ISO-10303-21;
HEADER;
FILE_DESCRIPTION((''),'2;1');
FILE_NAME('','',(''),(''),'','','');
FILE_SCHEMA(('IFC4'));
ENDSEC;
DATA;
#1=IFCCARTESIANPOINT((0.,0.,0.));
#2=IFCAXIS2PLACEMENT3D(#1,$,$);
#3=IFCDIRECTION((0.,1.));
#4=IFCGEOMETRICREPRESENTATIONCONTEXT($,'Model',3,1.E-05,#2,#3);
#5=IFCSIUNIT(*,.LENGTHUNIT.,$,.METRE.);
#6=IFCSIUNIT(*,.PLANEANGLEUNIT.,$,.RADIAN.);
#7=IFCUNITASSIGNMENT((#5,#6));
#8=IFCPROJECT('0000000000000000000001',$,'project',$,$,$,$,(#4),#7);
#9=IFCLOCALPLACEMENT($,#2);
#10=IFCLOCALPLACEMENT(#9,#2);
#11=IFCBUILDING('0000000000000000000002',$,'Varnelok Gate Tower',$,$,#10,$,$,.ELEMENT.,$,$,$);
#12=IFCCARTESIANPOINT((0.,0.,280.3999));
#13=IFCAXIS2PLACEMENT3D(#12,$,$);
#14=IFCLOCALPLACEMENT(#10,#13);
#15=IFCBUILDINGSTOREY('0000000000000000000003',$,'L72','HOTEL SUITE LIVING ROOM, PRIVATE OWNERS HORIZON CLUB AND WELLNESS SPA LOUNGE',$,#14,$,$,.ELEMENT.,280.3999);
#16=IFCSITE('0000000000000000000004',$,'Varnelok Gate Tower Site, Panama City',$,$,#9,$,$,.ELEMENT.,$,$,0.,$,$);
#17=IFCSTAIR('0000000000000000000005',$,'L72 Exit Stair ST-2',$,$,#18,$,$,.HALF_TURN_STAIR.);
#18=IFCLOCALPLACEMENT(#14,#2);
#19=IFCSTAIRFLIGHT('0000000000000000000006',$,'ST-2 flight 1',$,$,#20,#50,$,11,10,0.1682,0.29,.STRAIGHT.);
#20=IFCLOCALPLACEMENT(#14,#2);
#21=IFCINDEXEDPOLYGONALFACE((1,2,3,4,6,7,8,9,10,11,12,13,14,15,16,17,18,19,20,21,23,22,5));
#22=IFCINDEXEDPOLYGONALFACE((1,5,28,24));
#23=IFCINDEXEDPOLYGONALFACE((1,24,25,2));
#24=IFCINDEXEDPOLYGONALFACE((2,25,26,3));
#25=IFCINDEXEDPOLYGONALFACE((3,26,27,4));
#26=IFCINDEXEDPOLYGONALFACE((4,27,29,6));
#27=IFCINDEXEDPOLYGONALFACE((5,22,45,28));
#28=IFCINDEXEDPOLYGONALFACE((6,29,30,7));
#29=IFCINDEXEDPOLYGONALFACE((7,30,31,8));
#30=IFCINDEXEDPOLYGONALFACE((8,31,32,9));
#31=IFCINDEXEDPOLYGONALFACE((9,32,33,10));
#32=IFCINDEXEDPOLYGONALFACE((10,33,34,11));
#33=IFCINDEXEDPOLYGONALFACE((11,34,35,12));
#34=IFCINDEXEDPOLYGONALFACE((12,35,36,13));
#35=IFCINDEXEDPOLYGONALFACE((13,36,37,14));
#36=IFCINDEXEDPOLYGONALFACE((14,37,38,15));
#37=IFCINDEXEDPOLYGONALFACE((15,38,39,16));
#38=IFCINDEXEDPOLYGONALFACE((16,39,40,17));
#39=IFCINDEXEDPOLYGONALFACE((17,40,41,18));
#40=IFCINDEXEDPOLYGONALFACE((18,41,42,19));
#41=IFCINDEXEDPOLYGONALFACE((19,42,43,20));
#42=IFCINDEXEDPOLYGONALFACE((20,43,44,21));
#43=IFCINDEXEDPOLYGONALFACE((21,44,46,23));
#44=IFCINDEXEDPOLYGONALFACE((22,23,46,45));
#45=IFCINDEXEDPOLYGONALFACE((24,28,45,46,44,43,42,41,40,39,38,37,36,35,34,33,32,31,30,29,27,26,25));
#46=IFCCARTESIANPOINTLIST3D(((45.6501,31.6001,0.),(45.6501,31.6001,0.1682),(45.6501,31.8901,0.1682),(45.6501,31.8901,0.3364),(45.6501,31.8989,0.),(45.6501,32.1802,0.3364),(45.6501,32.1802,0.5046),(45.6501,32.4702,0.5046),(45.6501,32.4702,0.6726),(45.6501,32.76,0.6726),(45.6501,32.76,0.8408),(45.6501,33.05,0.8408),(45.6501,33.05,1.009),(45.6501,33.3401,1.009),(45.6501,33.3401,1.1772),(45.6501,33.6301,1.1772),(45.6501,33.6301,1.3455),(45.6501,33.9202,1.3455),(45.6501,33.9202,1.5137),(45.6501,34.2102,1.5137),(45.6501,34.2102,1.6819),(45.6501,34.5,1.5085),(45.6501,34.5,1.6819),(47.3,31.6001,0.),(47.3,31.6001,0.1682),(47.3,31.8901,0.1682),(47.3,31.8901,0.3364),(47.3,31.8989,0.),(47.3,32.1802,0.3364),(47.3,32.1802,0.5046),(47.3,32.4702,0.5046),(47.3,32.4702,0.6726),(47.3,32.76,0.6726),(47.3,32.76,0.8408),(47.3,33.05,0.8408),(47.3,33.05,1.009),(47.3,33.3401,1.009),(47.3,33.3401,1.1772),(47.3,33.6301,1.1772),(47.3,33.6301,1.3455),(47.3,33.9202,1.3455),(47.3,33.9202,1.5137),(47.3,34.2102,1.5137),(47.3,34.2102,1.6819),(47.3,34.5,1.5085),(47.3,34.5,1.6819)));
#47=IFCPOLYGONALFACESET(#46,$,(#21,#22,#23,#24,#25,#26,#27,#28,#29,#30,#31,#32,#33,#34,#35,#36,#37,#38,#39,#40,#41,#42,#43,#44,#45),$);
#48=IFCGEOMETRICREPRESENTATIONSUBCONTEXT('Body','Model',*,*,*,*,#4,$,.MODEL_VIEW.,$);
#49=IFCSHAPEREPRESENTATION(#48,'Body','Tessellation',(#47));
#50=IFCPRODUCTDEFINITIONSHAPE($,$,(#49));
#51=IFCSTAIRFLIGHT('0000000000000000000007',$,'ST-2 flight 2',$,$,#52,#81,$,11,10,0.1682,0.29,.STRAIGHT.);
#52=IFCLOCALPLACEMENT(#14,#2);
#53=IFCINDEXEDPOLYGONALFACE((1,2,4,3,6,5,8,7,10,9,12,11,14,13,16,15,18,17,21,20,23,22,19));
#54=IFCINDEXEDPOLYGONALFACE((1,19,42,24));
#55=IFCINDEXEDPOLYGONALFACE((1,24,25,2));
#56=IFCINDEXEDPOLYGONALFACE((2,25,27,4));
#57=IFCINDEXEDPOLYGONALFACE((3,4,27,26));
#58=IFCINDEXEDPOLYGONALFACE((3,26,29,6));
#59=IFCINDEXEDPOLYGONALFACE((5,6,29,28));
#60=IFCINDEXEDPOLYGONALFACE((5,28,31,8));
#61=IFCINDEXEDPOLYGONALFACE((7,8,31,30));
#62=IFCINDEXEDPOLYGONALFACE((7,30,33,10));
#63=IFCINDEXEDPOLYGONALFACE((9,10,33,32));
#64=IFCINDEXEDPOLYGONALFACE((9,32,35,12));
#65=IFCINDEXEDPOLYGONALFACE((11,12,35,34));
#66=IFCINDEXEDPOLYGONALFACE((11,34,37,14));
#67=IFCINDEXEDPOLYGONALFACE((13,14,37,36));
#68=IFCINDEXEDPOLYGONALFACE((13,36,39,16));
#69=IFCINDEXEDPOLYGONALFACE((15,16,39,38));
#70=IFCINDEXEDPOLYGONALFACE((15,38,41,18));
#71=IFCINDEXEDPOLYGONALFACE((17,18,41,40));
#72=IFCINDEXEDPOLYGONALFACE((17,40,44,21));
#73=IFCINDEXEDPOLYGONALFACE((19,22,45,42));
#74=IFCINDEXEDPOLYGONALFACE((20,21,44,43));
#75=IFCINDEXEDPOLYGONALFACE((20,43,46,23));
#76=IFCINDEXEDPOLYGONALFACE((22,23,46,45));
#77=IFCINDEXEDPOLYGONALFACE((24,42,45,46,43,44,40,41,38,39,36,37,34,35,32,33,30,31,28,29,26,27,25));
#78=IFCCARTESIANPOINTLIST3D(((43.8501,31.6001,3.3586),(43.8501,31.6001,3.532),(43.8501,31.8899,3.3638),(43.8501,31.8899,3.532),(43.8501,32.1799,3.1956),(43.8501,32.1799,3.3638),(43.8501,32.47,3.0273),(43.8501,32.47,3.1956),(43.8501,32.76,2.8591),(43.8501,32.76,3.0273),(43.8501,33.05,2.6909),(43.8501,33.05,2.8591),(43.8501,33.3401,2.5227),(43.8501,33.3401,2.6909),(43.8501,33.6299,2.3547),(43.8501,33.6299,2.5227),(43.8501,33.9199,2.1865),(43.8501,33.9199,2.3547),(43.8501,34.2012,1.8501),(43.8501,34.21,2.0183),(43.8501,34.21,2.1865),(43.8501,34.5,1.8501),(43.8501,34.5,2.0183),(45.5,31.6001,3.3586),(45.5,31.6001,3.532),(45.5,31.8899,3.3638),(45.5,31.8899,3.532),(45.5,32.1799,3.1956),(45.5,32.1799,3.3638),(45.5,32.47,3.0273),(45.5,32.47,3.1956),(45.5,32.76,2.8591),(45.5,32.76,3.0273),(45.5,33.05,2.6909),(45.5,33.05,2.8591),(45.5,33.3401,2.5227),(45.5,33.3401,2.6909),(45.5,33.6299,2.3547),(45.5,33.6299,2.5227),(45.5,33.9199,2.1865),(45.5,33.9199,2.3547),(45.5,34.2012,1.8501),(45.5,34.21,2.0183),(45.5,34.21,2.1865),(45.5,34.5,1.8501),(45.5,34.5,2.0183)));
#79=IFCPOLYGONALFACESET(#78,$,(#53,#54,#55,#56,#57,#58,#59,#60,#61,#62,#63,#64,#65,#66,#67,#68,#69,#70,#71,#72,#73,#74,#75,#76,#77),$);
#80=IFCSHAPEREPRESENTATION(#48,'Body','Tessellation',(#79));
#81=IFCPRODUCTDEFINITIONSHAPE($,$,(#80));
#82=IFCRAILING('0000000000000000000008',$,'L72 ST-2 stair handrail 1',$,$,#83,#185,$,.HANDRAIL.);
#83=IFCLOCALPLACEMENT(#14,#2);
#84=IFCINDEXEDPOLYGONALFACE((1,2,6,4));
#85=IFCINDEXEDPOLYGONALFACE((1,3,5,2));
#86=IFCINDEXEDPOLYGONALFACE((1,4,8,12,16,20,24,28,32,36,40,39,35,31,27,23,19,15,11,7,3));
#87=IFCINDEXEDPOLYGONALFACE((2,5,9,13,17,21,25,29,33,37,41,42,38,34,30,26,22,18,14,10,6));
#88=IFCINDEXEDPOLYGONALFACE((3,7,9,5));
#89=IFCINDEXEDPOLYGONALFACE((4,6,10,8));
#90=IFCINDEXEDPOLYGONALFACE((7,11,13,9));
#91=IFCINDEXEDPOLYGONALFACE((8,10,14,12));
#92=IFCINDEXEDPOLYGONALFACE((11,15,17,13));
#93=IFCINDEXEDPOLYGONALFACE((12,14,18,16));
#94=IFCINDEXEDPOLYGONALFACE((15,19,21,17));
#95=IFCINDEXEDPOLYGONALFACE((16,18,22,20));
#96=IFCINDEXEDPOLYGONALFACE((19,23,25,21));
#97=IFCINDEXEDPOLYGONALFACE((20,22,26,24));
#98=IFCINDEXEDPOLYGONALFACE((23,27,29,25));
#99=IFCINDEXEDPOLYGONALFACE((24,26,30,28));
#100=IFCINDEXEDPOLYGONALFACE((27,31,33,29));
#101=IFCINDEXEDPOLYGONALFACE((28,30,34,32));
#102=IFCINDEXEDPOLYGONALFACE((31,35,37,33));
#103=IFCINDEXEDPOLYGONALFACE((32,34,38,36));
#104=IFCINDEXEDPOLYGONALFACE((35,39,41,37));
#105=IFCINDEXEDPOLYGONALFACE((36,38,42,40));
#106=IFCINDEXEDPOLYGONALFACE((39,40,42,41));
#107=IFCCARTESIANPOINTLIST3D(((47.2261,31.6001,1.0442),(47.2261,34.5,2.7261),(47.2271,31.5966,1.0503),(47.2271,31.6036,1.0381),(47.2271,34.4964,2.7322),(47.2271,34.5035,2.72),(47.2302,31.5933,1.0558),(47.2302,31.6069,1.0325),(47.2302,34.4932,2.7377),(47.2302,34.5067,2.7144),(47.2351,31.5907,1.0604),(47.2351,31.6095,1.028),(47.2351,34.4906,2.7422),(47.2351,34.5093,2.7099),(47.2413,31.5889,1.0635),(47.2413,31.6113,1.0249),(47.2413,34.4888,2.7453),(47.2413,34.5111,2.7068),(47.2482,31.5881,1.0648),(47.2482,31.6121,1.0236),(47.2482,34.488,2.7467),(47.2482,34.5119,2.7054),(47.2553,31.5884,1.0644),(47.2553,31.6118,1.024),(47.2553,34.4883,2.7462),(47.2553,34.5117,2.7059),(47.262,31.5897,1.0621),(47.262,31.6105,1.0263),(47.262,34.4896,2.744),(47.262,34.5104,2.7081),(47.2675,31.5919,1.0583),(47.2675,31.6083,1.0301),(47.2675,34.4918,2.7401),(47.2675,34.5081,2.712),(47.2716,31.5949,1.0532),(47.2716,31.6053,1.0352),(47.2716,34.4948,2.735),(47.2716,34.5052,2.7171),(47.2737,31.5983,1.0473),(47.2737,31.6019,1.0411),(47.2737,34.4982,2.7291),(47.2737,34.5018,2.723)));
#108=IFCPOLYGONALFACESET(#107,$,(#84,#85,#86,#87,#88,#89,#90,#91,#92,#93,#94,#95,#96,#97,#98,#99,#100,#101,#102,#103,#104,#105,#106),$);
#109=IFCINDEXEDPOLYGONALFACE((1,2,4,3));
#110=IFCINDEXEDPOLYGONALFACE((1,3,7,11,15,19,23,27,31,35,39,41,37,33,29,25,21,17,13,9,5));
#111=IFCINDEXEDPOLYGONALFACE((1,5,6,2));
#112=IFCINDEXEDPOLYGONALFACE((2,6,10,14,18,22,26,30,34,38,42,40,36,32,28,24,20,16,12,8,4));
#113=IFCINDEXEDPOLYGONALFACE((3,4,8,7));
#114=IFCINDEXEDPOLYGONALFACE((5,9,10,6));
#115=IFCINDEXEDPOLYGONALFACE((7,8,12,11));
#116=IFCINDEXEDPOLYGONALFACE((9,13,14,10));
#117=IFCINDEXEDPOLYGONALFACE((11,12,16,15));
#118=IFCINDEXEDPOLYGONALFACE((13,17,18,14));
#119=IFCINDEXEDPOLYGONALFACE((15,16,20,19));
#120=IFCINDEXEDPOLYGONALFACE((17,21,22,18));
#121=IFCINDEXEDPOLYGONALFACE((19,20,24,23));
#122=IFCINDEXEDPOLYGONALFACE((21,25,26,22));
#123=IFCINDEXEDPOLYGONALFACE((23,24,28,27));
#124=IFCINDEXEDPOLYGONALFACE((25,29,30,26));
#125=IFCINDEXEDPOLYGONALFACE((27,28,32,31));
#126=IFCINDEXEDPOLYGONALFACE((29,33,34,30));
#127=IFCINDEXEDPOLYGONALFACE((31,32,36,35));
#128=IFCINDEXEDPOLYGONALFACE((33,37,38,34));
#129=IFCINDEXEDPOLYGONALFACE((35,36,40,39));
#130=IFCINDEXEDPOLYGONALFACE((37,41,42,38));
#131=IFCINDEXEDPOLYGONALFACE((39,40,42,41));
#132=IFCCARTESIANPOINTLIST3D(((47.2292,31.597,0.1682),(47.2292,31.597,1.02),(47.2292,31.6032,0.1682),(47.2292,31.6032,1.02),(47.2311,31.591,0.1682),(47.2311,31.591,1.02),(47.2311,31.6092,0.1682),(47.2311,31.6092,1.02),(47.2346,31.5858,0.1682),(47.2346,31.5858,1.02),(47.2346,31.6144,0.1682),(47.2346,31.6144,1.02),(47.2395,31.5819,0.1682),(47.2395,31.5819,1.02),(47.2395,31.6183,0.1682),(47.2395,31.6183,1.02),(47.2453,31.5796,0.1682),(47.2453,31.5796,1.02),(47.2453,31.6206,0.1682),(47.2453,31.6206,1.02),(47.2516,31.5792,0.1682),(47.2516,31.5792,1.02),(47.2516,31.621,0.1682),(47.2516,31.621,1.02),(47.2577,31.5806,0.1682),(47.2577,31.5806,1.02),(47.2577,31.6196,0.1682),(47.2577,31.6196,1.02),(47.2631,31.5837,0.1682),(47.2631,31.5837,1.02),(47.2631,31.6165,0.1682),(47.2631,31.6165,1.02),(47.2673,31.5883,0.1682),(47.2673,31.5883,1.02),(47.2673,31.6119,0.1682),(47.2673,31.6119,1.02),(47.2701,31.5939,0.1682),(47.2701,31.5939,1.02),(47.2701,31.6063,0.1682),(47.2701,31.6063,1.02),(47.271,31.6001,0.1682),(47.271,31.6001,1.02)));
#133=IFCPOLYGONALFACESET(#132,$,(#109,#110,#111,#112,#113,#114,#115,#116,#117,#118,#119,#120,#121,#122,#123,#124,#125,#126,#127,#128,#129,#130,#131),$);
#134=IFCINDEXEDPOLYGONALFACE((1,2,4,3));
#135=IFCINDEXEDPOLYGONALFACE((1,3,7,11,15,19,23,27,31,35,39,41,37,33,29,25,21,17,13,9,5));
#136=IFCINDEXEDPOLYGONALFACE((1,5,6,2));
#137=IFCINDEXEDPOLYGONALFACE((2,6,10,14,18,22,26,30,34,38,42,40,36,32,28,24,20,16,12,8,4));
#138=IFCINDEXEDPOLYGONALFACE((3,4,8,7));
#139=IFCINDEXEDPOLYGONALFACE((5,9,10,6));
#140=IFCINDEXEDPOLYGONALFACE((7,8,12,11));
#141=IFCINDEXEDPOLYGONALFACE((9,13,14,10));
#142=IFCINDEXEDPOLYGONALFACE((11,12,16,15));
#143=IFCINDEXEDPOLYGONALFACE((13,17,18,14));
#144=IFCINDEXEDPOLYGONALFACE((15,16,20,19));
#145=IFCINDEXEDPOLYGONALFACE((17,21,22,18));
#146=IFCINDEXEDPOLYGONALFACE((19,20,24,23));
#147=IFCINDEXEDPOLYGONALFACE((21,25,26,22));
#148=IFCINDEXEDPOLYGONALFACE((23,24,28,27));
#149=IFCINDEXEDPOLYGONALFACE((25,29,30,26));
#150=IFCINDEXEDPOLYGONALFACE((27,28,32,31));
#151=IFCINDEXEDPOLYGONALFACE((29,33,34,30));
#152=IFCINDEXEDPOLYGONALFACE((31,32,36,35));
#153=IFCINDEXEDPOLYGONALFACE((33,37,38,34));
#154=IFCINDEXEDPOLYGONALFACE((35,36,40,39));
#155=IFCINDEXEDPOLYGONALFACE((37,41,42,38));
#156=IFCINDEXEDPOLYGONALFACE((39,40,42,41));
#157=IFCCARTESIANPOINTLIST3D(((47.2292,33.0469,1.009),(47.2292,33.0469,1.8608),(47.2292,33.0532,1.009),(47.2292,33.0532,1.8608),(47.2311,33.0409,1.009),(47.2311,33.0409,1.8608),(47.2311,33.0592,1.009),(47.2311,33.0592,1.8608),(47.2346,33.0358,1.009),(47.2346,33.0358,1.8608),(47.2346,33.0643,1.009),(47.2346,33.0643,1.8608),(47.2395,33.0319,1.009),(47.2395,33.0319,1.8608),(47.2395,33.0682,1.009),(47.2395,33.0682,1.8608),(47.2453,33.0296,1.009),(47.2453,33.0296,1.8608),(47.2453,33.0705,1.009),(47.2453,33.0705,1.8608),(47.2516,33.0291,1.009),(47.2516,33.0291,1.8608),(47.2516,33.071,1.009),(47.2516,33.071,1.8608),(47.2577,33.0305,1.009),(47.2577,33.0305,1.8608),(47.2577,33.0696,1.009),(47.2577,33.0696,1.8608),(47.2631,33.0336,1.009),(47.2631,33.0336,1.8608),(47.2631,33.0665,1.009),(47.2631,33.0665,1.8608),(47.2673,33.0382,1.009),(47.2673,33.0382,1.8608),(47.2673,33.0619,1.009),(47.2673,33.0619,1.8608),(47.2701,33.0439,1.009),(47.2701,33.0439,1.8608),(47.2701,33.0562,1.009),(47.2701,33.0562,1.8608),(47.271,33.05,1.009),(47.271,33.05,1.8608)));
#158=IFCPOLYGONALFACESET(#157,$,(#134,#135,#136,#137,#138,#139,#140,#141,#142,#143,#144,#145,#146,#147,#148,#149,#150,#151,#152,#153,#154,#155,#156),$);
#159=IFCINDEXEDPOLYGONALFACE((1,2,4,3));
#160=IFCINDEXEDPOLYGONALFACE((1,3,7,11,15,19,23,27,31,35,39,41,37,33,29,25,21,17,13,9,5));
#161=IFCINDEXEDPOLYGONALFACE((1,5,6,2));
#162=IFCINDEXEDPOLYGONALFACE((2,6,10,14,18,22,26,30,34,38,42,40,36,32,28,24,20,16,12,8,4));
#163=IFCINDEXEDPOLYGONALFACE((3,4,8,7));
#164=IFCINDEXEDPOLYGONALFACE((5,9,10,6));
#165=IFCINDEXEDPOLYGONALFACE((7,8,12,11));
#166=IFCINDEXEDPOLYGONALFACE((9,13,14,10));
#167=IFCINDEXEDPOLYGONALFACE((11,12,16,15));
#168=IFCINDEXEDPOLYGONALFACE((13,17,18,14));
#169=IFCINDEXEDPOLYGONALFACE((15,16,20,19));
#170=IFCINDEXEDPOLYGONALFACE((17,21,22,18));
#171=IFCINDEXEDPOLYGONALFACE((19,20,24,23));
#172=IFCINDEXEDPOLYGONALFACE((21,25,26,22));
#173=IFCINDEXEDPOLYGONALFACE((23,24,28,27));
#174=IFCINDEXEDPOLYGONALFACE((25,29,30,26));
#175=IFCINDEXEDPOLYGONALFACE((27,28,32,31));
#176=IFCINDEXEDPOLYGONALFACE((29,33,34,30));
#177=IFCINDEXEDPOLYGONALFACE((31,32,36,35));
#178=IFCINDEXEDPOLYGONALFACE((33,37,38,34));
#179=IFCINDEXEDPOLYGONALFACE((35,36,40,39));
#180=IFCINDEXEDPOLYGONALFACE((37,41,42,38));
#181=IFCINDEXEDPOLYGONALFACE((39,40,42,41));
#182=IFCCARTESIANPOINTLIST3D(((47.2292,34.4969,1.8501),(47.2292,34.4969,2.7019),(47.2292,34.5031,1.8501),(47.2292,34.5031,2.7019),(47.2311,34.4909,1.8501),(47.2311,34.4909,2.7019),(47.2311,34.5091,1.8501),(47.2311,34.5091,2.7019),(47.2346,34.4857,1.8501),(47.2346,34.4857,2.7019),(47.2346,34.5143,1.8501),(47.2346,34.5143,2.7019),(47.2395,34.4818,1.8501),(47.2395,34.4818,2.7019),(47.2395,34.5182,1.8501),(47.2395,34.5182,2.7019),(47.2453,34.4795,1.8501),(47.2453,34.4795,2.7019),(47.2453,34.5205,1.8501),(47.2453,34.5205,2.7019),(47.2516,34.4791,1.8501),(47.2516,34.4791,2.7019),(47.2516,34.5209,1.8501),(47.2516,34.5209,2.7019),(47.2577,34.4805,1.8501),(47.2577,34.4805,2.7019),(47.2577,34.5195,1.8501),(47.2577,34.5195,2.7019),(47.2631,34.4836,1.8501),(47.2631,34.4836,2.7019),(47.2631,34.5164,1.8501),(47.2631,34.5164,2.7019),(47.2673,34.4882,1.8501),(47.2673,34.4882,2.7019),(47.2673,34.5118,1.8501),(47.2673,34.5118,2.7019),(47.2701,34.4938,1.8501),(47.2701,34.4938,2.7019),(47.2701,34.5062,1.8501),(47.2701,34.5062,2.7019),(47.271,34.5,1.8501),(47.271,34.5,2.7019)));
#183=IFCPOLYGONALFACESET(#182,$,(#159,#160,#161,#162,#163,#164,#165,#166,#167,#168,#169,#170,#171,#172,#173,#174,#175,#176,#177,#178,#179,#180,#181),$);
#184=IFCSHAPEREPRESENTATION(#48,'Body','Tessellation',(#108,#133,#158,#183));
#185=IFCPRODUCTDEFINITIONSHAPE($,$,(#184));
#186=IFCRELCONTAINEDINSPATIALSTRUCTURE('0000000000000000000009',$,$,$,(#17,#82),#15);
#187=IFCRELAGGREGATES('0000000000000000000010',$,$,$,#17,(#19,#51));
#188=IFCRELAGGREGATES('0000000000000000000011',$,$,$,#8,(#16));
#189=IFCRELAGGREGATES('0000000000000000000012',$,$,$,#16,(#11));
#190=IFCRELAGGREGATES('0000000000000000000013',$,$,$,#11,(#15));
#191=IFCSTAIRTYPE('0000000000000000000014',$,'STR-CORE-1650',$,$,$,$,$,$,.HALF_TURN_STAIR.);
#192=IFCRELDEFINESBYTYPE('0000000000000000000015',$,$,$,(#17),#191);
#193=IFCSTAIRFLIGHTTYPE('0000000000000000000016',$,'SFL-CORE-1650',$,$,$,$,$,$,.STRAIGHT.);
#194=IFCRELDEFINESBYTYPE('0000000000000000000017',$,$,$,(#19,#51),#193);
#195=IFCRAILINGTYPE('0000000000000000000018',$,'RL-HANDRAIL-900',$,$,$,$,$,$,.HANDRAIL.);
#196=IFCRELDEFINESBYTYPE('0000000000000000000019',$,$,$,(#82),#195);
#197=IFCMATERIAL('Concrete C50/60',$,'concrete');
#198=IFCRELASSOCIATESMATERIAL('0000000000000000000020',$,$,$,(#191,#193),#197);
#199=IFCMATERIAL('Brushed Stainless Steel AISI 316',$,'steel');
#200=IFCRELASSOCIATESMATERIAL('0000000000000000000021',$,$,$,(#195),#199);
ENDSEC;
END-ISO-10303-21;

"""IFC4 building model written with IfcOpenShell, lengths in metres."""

from ifc_helpers import new_model, si_unit, direction, frame, origin, origin_2d, place, context, subcontext, project, spatial, polyline, circle, outline, extrude, material, type_object, element, aggregate, save


model = new_model("IFC4")

# Units and contexts
model_context = context("Model", 3, precision=1e-05, world=origin(), true_north=direction((0.0, 1.0)))
body_context = subcontext(model_context, "Body", "Model", "MODEL_VIEW")
ifc_project = project(units=[si_unit("LENGTHUNIT", "METRE"), si_unit("PLANEANGLEUNIT", "RADIAN")], contexts=[model_context])

# Site, building, storey
site_placement = place(None, origin())
site = spatial("IfcSite", under=ifc_project, at=site_placement, Name="Varnelok Gate Tower Site, Panama City", CompositionType="ELEMENT", RefElevation=0.0)
building_placement = place(site_placement, origin())
building = spatial("IfcBuilding", under=site, at=building_placement, Name="Varnelok Gate Tower", CompositionType="ELEMENT")
storey_placement = place(building_placement, frame((0.0, 0.0, 280.3999)))
storey = spatial("IfcBuildingStorey", under=building, at=storey_placement, Name="L72", Description="HOTEL SUITE LIVING ROOM, PRIVATE OWNERS HORIZON CLUB AND WELLNESS SPA LOUNGE", CompositionType="ELEMENT", Elevation=280.3999)

# Shared definitions
ifc_material_1 = material(Name="Concrete C50/60", Category="concrete")

# Stair, stair flights
stair_type = type_object("IfcStairType", Name="STR-CORE-1650", PredefinedType="HALF_TURN_STAIR", material=ifc_material_1)
stair_placement = place(storey_placement, origin())
stair = element("IfcStair", 1, at=stair_placement, inside=storey, type_object=stair_type, Name="L72 Exit Stair ST-2", PredefinedType="HALF_TURN_STAIR")
stair_flight_type = type_object("IfcStairFlightType", Name="SFL-CORE-1650", PredefinedType="STRAIGHT", material=ifc_material_1)
stair_flight_1_placement = place(storey_placement, frame((46.4751, 31.6001, 0.0), z_axis=(0.0, 0.0, 1.0), x_axis=(0.0, 1.0, 0.0)))
stair_flight_1 = element("IfcStairFlight", 2, at=stair_flight_1_placement, type_object=stair_flight_type, Name="ST-2 flight 1", NumberOfRisers=11, NumberOfTreads=10, PredefinedType="STRAIGHT", RiserHeight=0.1682, TreadLength=0.29, context=body_context, shape_type="SweptSolid", body=[
    extrude(outline(polyline([(0.0, 0.0), (0.0, 0.1682), (0.29, 0.1682), (0.29, 0.3364), (0.5801, 0.3364), (0.5801, 0.5046), (0.8701, 0.5046), (0.8701, 0.6726), (1.1599, 0.6726), (1.1599, 0.8408), (1.45, 0.8408), (1.45, 1.009), (1.74, 1.009), (1.74, 1.1772), (2.03, 1.1772), (2.03, 1.3455), (2.3201, 1.3455), (2.3201, 1.5137), (2.6101, 1.5137), (2.6101, 1.6819), (2.8999, 1.6819), (2.8999, 1.8501), (2.8999, 1.5085), (0.2988, 0.0), (0.0, 0.0)])), frame((0.0, 0.825, 0.0), z_axis=(0.0, -1.0, 0.0), x_axis=(1.0, 0.0, 0.0)), (0.0, 0.0, 1.0), 1.6499),
])
stair_flight_2_placement = place(storey_placement, frame((44.675, 34.5, 1.8501), z_axis=(0.0, 0.0, 1.0), x_axis=(0.0, -1.0, 0.0)))
stair_flight_2 = element("IfcStairFlight", 3, at=stair_flight_2_placement, type_object=stair_flight_type, Name="ST-2 flight 2", NumberOfRisers=11, NumberOfTreads=10, PredefinedType="STRAIGHT", RiserHeight=0.1682, TreadLength=0.29, context=body_context, shape_type="SweptSolid", body=[
    extrude(outline(polyline([(0.0, 0.0), (0.0, 0.1682), (0.29, 0.1682), (0.29, 0.3364), (0.5801, 0.3364), (0.5801, 0.5046), (0.8701, 0.5046), (0.8701, 0.6726), (1.1599, 0.6726), (1.1599, 0.8408), (1.45, 0.8408), (1.45, 1.009), (1.74, 1.009), (1.74, 1.1772), (2.03, 1.1772), (2.03, 1.3455), (2.3201, 1.3455), (2.3201, 1.5137), (2.6101, 1.5137), (2.6101, 1.6819), (2.8999, 1.6819), (2.8999, 1.8501), (2.8999, 1.5085), (0.2988, 0.0), (0.0, 0.0)])), frame((0.0, 0.825, 0.0), z_axis=(0.0, -1.0, 0.0), x_axis=(1.0, 0.0, 0.0)), (0.0, 0.0, 1.0), 1.6499),
])
aggregate(stair, [stair_flight_1, stair_flight_2])

# Railing
ifc_material_2 = material(Name="Brushed Stainless Steel AISI 316", Category="steel")
railing_type_1 = type_object("IfcRailingType", Name="RL-HANDRAIL-900", PredefinedType="HANDRAIL", material=ifc_material_2)
railing_1_placement = place(storey_placement, frame((47.25, 31.6001, 0.1682)))
element("IfcRailing", 4, at=railing_1_placement, inside=storey, type_object=railing_type_1, Name="L72 ST-2 stair handrail 1", PredefinedType="HANDRAIL", context=body_context, shape_type="SweptSolid", body=[
    extrude(circle(Radius=0.0239, at=origin_2d()), frame((0.0, 0.0, 0.876), z_axis=(0.0, 0.865039, 0.501705), x_axis=(-1.0, 0.0, 0.0)), (0.0, 0.0, 1.0), 3.3523),
    extrude(circle(Radius=0.021, at=origin_2d()), origin(), (0.0, 0.0, 1.0), 0.8518),
    extrude(circle(Radius=0.021, at=origin_2d()), frame((0.0, 1.45, 0.8408)), (0.0, 0.0, 1.0), 0.8518),
    extrude(circle(Radius=0.021, at=origin_2d()), frame((0.0, 2.8999, 1.6819)), (0.0, 0.0, 1.0), 0.8518),
])

save(model, "model.ifc")
